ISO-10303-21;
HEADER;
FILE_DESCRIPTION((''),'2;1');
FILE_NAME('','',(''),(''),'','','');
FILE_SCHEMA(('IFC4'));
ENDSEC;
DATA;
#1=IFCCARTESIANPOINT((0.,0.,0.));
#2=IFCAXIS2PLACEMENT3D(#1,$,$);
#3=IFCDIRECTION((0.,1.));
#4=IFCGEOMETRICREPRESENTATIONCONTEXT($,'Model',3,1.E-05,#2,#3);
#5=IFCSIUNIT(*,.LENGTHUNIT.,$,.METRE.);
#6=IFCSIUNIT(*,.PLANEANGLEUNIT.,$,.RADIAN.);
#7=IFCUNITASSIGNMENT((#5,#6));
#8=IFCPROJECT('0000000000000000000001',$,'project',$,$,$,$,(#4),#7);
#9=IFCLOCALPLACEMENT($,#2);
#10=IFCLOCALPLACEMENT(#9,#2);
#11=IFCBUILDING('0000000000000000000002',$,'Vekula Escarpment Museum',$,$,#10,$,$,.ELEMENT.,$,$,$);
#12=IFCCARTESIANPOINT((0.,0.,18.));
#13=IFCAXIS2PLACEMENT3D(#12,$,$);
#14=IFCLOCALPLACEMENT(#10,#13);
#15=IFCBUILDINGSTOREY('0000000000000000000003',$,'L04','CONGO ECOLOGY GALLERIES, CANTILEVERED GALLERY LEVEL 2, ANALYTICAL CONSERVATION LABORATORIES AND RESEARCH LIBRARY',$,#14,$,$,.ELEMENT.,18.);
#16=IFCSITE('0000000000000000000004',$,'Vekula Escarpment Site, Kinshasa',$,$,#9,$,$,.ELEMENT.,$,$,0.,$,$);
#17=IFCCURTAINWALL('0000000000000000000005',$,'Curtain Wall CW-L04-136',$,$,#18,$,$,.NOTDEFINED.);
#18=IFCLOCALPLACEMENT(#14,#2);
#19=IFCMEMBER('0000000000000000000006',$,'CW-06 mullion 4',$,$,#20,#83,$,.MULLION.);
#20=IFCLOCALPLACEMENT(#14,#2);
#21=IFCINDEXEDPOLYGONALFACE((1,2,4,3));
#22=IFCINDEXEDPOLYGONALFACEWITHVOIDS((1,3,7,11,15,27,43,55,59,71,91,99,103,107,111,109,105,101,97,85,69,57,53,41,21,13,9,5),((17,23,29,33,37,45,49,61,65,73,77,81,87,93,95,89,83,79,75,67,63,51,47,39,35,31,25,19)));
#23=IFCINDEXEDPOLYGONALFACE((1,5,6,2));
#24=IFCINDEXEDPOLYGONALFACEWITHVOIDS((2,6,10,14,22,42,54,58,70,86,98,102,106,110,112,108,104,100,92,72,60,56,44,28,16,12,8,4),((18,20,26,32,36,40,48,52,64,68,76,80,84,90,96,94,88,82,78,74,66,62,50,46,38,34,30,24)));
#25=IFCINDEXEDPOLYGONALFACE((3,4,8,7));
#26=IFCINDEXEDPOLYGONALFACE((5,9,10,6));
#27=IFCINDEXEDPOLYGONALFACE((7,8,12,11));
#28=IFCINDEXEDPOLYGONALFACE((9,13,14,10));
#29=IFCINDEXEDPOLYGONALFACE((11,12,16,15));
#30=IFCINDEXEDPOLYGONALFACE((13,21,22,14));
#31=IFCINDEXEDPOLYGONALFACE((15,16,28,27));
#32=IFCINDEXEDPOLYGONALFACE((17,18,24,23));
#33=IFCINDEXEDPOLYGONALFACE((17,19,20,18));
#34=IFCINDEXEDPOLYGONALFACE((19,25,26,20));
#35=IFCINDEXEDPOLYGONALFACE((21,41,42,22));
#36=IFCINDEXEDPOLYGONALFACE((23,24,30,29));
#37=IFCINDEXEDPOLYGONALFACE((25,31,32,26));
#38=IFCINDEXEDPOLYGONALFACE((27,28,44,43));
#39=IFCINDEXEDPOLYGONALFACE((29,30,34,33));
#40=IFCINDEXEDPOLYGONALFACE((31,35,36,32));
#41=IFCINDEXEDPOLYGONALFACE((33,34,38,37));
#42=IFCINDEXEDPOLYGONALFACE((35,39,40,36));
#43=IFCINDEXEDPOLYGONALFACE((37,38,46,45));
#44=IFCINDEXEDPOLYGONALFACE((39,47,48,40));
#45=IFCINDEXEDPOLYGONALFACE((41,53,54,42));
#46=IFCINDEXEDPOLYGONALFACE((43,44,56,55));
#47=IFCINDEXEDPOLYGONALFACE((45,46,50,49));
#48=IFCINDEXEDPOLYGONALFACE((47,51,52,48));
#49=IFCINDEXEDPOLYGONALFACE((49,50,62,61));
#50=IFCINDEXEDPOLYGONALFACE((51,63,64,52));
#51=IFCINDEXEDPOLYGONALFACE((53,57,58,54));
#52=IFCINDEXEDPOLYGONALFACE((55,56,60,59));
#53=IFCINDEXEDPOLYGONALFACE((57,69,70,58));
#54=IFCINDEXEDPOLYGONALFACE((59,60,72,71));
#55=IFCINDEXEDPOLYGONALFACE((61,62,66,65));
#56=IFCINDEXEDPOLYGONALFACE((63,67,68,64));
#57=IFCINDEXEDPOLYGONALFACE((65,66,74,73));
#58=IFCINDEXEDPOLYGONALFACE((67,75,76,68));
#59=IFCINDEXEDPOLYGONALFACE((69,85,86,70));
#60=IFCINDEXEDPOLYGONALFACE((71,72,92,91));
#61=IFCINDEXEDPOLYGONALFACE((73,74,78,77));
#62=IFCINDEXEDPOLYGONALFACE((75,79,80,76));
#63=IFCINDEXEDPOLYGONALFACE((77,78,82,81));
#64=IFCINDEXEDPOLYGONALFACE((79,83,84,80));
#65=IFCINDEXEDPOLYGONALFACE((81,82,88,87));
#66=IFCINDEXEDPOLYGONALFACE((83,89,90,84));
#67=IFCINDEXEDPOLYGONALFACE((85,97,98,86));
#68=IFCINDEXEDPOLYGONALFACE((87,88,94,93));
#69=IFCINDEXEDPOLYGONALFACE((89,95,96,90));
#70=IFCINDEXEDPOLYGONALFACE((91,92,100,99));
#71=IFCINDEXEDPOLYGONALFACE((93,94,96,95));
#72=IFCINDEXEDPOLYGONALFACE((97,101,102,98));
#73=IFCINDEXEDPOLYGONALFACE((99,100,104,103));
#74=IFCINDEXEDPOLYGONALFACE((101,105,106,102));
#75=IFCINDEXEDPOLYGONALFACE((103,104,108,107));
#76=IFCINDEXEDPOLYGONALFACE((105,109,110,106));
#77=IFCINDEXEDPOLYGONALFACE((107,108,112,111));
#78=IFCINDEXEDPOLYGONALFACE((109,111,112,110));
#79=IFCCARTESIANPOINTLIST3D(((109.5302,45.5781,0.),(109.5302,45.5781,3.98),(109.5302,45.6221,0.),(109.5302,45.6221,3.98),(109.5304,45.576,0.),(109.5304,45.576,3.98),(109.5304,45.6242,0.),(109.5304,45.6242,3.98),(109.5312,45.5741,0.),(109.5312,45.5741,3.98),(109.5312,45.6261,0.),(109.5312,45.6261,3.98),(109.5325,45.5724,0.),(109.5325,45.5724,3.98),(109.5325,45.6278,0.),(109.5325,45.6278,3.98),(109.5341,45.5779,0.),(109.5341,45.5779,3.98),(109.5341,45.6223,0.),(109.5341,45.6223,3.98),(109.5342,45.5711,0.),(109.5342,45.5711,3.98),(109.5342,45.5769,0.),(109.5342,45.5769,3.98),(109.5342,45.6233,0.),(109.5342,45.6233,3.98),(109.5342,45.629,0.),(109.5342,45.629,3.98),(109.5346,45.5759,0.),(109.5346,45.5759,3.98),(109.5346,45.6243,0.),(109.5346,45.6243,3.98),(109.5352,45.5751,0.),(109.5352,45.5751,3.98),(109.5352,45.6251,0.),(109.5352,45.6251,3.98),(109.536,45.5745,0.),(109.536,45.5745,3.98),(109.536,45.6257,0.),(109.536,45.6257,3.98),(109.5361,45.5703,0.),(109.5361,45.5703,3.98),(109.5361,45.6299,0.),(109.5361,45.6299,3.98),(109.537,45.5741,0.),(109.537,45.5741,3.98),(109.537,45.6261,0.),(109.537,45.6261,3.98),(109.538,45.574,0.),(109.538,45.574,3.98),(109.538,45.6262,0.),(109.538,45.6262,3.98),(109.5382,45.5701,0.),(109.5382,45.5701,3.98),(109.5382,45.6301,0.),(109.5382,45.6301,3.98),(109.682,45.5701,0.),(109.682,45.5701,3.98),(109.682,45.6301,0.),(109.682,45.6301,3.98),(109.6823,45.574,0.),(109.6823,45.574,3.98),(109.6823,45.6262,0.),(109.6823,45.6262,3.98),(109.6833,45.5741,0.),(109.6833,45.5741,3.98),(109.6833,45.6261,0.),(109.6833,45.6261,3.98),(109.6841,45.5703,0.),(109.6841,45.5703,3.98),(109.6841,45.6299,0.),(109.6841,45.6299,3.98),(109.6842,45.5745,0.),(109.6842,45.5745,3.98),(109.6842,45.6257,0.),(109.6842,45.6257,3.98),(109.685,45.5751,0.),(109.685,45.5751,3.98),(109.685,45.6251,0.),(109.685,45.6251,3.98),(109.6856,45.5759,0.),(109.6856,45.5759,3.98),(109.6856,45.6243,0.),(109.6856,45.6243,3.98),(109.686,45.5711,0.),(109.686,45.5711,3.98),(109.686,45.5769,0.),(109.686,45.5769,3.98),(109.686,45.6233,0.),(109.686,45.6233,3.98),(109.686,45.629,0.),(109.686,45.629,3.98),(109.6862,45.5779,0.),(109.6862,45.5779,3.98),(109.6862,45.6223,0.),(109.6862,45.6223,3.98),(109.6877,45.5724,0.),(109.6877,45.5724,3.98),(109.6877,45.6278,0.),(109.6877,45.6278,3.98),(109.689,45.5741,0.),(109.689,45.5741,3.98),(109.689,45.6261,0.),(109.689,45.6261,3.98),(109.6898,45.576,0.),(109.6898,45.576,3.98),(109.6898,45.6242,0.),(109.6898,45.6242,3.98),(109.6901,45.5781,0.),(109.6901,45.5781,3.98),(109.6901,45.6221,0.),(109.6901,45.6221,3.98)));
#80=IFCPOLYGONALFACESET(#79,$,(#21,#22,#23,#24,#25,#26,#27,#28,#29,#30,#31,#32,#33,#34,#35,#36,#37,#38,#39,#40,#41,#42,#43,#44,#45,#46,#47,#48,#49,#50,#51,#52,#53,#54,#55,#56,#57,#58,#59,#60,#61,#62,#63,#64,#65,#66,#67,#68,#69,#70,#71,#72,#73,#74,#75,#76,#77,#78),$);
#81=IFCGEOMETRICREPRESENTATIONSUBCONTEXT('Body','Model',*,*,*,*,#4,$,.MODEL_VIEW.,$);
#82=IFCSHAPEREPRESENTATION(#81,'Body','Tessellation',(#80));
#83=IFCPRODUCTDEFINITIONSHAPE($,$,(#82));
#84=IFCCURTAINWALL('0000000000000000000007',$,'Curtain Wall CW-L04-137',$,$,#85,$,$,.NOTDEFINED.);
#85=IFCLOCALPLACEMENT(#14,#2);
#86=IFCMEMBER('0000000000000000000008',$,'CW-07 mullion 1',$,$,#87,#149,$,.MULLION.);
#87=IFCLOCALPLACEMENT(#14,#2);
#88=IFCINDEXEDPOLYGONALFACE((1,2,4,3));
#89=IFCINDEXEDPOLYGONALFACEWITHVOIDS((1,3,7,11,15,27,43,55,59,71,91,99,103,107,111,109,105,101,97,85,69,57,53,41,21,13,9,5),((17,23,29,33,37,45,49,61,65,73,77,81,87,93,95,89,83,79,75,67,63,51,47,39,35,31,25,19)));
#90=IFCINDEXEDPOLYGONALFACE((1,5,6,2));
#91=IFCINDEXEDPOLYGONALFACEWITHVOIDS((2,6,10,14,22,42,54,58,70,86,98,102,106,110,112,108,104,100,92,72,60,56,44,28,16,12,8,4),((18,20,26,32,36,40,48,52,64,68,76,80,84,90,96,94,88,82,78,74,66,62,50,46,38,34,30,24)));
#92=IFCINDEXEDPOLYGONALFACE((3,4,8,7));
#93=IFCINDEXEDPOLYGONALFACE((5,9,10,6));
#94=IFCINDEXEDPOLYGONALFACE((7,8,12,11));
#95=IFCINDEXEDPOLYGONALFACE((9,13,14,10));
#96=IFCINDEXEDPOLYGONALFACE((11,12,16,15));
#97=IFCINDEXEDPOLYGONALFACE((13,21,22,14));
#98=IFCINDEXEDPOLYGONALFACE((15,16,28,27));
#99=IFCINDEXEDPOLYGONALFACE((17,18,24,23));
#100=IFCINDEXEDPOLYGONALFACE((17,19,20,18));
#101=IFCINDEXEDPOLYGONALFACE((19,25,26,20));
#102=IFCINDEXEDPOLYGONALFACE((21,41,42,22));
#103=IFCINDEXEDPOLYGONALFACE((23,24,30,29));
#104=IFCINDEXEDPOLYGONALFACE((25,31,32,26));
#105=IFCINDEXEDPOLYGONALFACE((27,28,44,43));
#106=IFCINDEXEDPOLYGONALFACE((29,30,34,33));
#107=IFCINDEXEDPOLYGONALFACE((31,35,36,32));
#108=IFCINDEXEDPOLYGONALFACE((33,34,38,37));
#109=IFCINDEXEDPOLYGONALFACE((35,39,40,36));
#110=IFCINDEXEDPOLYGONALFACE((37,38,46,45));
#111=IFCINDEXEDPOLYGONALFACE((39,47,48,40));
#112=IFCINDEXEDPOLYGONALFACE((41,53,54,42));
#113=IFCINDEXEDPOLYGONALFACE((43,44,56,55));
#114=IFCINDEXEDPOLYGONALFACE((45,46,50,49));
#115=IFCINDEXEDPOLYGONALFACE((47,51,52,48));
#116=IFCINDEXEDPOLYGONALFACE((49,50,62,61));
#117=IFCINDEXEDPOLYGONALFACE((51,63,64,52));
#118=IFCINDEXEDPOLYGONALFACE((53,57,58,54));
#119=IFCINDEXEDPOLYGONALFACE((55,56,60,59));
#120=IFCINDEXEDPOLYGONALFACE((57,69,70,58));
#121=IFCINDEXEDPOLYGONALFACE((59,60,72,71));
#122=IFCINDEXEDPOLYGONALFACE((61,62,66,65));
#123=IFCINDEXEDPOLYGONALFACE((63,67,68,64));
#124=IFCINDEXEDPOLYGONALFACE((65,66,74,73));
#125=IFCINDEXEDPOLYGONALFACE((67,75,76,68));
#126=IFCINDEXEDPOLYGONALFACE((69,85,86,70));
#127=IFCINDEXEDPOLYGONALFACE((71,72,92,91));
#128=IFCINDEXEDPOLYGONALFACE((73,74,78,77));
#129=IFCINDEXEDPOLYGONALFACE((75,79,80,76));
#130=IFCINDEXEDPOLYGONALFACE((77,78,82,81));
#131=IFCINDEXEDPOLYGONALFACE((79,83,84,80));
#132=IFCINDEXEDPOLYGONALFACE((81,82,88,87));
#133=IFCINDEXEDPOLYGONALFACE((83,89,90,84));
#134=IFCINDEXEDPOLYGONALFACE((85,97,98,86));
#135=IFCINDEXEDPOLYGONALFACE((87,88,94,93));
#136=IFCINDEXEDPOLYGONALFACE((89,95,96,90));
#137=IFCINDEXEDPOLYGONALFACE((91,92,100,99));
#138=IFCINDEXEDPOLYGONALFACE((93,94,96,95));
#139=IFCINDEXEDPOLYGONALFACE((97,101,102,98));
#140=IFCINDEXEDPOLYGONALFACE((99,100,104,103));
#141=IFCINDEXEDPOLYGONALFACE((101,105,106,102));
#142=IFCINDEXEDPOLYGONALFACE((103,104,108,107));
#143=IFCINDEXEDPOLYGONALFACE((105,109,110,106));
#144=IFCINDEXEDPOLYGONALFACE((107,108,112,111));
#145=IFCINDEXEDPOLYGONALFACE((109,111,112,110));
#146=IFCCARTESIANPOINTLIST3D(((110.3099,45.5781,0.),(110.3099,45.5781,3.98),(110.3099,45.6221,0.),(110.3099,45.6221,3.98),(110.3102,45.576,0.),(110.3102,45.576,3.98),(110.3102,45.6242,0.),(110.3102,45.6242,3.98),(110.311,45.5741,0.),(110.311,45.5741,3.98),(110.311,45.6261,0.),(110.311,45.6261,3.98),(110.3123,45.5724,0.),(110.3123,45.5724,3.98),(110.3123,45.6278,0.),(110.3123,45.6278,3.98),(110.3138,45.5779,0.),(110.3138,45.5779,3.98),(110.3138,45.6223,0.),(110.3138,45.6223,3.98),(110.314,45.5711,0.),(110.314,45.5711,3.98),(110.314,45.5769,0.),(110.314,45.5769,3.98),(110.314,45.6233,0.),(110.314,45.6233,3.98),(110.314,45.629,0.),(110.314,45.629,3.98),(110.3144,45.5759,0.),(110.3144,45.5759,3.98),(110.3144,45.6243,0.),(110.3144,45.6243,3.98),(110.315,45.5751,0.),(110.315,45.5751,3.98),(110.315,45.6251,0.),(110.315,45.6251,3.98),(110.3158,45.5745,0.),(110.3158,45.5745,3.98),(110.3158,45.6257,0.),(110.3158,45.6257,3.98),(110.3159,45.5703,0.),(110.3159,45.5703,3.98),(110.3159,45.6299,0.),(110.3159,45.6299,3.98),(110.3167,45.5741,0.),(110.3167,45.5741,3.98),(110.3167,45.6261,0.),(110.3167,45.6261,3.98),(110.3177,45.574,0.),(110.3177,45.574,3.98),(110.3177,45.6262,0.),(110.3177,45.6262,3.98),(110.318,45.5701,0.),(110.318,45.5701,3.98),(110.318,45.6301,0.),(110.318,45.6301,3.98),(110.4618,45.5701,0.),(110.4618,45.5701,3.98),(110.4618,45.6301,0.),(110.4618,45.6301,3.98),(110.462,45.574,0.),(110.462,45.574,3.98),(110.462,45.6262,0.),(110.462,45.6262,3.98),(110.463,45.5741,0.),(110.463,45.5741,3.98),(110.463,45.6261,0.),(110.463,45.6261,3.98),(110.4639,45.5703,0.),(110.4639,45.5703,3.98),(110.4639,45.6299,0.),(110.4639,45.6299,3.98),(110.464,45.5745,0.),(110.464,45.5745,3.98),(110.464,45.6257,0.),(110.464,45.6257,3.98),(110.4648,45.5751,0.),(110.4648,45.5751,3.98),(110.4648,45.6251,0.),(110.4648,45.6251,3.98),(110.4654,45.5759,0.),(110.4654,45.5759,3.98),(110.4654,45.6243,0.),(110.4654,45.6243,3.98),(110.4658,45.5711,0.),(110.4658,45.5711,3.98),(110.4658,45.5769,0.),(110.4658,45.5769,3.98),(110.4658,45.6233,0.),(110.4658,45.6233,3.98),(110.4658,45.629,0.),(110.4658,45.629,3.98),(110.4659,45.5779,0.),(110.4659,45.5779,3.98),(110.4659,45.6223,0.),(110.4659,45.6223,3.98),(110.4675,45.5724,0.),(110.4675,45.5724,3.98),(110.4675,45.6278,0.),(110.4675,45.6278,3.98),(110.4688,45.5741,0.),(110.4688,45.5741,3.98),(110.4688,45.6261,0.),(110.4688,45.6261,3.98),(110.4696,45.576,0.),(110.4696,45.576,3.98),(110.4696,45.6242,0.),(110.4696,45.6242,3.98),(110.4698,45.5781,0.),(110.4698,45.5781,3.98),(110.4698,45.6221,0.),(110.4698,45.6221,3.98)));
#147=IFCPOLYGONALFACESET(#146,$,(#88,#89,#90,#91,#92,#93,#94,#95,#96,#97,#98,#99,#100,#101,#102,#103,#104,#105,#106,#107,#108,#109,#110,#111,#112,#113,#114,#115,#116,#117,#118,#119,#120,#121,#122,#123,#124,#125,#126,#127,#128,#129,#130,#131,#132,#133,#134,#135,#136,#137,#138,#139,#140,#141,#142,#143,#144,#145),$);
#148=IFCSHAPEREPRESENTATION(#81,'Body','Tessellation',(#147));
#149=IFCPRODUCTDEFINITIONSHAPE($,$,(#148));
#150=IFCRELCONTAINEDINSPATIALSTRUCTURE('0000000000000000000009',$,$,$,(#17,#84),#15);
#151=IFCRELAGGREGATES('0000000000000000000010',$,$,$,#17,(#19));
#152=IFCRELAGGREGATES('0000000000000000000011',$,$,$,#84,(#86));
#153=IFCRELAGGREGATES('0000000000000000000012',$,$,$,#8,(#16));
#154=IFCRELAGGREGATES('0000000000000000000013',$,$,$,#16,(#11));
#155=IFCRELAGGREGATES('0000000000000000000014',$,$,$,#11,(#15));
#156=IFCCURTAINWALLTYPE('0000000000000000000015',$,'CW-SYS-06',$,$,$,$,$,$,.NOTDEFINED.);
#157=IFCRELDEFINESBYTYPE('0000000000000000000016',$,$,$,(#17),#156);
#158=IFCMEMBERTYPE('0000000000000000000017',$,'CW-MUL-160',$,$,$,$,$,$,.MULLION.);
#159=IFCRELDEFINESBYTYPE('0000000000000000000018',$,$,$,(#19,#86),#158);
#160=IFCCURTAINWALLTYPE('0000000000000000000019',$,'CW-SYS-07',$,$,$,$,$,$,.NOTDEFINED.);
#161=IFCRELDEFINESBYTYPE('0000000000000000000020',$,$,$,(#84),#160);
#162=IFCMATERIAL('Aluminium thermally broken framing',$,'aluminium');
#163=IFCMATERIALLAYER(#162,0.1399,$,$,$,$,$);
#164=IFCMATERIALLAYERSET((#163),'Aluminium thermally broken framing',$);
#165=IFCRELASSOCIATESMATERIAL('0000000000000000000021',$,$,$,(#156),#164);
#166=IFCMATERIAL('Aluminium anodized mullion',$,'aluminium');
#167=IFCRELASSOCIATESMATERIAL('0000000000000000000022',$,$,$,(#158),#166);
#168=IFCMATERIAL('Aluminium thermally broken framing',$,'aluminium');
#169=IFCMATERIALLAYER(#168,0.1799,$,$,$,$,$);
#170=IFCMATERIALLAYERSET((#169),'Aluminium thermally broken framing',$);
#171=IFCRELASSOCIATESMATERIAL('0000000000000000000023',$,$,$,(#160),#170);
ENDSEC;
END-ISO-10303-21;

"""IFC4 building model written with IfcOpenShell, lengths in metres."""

from ifc_helpers import new_model, si_unit, direction, frame, origin, origin_2d, place, context, subcontext, project, spatial, hollow_rectangle, extrude, material, layer, layer_set, material_profile, profile_set, type_object, element, aggregate, save


model = new_model("IFC4")

# Units and contexts
model_context = context("Model", 3, precision=1e-05, world=origin(), true_north=direction((0.0, 1.0)))
body_context = subcontext(model_context, "Body", "Model", "MODEL_VIEW")
ifc_project = project(units=[si_unit("LENGTHUNIT", "METRE"), si_unit("PLANEANGLEUNIT", "RADIAN")], contexts=[model_context])

# Site, building, storey
site_placement = place(None, origin())
site = spatial("IfcSite", under=ifc_project, at=site_placement, Name="Vekula Escarpment Site, Kinshasa", CompositionType="ELEMENT", RefElevation=0.0)
building_placement = place(site_placement, origin())
building = spatial("IfcBuilding", under=site, at=building_placement, Name="Vekula Escarpment Museum", CompositionType="ELEMENT")
storey_placement = place(building_placement, frame((0.0, 0.0, 18.0)))
storey = spatial("IfcBuildingStorey", under=building, at=storey_placement, Name="L04", Description="CONGO ECOLOGY GALLERIES, CANTILEVERED GALLERY LEVEL 2, ANALYTICAL CONSERVATION LABORATORIES AND RESEARCH LIBRARY", CompositionType="ELEMENT", Elevation=18.0)

# Curtain wall, member
ifc_material_1 = material(Name="Aluminium thermally broken framing", Category="aluminium")
ifc_layer_1 = layer(ifc_material_1, 0.1399)
ifc_layer_set_1 = layer_set([ifc_layer_1], Name="Aluminium thermally broken framing")
curtain_wall_type_1 = type_object("IfcCurtainWallType", Name="CW-SYS-06", PredefinedType="NOTDEFINED", material=ifc_layer_set_1)
curtain_wall_1_placement = place(storey_placement, origin())
curtain_wall_1 = element("IfcCurtainWall", 1, at=curtain_wall_1_placement, inside=storey, type_object=curtain_wall_type_1, Name="Curtain Wall CW-L04-136", PredefinedType="NOTDEFINED")
ifc_material_2 = material(Name="Aluminium anodized mullion", Category="aluminium")
ifc_material_profile_1 = material_profile(ifc_material_2, hollow_rectangle(XDim=0.0601, YDim=0.1599, WallThickness=0.0039, InnerFilletRadius=0.0039, OuterFilletRadius=0.0081, at=origin_2d()), Name="ALU 160x60x4")
ifc_profile_set_1 = profile_set([ifc_material_profile_1], Name="Aluminium anodized mullion")
member_type_1 = type_object("IfcMemberType", Name="CW-MUL-160", PredefinedType="MULLION", material=ifc_profile_set_1)
member_1_placement = place(storey_placement, frame((109.6101, 45.6001, 0.0), z_axis=(0.0, 0.0, 1.0), x_axis=(0.0, 1.0, 0.0)))
member_1 = element("IfcMember", 2, at=member_1_placement, type_object=member_type_1, Name="CW-06 mullion 4", PredefinedType="MULLION", context=body_context, shape_type="SweptSolid", body=[
    extrude(hollow_rectangle(XDim=0.0601, YDim=0.1599, WallThickness=0.0039, InnerFilletRadius=0.0039, OuterFilletRadius=0.0081, at=origin_2d()), origin(), (0.0, 0.0, 1.0), 3.98),
])
aggregate(curtain_wall_1, [member_1])

# Curtain wall, member
ifc_material_3 = material(Name="Aluminium thermally broken framing", Category="aluminium")
ifc_layer_2 = layer(ifc_material_3, 0.1799)
ifc_layer_set_2 = layer_set([ifc_layer_2], Name="Aluminium thermally broken framing")
curtain_wall_type_2 = type_object("IfcCurtainWallType", Name="CW-SYS-07", PredefinedType="NOTDEFINED", material=ifc_layer_set_2)
curtain_wall_2_placement = place(storey_placement, origin())
curtain_wall_2 = element("IfcCurtainWall", 3, at=curtain_wall_2_placement, inside=storey, type_object=curtain_wall_type_2, Name="Curtain Wall CW-L04-137", PredefinedType="NOTDEFINED")
member_2_placement = place(storey_placement, frame((110.3899, 45.6001, 0.0), z_axis=(0.0, 0.0, 1.0), x_axis=(0.0, 1.0, 0.0)))
member_2 = element("IfcMember", 4, at=member_2_placement, type_object=member_type_1, Name="CW-07 mullion 1", PredefinedType="MULLION", context=body_context, shape_type="SweptSolid", body=[
    extrude(hollow_rectangle(XDim=0.0601, YDim=0.1599, WallThickness=0.0039, InnerFilletRadius=0.0039, OuterFilletRadius=0.0081, at=origin_2d()), origin(), (0.0, 0.0, 1.0), 3.98),
])

aggregate(curtain_wall_2, [member_2])

save(model, "model.ifc")
